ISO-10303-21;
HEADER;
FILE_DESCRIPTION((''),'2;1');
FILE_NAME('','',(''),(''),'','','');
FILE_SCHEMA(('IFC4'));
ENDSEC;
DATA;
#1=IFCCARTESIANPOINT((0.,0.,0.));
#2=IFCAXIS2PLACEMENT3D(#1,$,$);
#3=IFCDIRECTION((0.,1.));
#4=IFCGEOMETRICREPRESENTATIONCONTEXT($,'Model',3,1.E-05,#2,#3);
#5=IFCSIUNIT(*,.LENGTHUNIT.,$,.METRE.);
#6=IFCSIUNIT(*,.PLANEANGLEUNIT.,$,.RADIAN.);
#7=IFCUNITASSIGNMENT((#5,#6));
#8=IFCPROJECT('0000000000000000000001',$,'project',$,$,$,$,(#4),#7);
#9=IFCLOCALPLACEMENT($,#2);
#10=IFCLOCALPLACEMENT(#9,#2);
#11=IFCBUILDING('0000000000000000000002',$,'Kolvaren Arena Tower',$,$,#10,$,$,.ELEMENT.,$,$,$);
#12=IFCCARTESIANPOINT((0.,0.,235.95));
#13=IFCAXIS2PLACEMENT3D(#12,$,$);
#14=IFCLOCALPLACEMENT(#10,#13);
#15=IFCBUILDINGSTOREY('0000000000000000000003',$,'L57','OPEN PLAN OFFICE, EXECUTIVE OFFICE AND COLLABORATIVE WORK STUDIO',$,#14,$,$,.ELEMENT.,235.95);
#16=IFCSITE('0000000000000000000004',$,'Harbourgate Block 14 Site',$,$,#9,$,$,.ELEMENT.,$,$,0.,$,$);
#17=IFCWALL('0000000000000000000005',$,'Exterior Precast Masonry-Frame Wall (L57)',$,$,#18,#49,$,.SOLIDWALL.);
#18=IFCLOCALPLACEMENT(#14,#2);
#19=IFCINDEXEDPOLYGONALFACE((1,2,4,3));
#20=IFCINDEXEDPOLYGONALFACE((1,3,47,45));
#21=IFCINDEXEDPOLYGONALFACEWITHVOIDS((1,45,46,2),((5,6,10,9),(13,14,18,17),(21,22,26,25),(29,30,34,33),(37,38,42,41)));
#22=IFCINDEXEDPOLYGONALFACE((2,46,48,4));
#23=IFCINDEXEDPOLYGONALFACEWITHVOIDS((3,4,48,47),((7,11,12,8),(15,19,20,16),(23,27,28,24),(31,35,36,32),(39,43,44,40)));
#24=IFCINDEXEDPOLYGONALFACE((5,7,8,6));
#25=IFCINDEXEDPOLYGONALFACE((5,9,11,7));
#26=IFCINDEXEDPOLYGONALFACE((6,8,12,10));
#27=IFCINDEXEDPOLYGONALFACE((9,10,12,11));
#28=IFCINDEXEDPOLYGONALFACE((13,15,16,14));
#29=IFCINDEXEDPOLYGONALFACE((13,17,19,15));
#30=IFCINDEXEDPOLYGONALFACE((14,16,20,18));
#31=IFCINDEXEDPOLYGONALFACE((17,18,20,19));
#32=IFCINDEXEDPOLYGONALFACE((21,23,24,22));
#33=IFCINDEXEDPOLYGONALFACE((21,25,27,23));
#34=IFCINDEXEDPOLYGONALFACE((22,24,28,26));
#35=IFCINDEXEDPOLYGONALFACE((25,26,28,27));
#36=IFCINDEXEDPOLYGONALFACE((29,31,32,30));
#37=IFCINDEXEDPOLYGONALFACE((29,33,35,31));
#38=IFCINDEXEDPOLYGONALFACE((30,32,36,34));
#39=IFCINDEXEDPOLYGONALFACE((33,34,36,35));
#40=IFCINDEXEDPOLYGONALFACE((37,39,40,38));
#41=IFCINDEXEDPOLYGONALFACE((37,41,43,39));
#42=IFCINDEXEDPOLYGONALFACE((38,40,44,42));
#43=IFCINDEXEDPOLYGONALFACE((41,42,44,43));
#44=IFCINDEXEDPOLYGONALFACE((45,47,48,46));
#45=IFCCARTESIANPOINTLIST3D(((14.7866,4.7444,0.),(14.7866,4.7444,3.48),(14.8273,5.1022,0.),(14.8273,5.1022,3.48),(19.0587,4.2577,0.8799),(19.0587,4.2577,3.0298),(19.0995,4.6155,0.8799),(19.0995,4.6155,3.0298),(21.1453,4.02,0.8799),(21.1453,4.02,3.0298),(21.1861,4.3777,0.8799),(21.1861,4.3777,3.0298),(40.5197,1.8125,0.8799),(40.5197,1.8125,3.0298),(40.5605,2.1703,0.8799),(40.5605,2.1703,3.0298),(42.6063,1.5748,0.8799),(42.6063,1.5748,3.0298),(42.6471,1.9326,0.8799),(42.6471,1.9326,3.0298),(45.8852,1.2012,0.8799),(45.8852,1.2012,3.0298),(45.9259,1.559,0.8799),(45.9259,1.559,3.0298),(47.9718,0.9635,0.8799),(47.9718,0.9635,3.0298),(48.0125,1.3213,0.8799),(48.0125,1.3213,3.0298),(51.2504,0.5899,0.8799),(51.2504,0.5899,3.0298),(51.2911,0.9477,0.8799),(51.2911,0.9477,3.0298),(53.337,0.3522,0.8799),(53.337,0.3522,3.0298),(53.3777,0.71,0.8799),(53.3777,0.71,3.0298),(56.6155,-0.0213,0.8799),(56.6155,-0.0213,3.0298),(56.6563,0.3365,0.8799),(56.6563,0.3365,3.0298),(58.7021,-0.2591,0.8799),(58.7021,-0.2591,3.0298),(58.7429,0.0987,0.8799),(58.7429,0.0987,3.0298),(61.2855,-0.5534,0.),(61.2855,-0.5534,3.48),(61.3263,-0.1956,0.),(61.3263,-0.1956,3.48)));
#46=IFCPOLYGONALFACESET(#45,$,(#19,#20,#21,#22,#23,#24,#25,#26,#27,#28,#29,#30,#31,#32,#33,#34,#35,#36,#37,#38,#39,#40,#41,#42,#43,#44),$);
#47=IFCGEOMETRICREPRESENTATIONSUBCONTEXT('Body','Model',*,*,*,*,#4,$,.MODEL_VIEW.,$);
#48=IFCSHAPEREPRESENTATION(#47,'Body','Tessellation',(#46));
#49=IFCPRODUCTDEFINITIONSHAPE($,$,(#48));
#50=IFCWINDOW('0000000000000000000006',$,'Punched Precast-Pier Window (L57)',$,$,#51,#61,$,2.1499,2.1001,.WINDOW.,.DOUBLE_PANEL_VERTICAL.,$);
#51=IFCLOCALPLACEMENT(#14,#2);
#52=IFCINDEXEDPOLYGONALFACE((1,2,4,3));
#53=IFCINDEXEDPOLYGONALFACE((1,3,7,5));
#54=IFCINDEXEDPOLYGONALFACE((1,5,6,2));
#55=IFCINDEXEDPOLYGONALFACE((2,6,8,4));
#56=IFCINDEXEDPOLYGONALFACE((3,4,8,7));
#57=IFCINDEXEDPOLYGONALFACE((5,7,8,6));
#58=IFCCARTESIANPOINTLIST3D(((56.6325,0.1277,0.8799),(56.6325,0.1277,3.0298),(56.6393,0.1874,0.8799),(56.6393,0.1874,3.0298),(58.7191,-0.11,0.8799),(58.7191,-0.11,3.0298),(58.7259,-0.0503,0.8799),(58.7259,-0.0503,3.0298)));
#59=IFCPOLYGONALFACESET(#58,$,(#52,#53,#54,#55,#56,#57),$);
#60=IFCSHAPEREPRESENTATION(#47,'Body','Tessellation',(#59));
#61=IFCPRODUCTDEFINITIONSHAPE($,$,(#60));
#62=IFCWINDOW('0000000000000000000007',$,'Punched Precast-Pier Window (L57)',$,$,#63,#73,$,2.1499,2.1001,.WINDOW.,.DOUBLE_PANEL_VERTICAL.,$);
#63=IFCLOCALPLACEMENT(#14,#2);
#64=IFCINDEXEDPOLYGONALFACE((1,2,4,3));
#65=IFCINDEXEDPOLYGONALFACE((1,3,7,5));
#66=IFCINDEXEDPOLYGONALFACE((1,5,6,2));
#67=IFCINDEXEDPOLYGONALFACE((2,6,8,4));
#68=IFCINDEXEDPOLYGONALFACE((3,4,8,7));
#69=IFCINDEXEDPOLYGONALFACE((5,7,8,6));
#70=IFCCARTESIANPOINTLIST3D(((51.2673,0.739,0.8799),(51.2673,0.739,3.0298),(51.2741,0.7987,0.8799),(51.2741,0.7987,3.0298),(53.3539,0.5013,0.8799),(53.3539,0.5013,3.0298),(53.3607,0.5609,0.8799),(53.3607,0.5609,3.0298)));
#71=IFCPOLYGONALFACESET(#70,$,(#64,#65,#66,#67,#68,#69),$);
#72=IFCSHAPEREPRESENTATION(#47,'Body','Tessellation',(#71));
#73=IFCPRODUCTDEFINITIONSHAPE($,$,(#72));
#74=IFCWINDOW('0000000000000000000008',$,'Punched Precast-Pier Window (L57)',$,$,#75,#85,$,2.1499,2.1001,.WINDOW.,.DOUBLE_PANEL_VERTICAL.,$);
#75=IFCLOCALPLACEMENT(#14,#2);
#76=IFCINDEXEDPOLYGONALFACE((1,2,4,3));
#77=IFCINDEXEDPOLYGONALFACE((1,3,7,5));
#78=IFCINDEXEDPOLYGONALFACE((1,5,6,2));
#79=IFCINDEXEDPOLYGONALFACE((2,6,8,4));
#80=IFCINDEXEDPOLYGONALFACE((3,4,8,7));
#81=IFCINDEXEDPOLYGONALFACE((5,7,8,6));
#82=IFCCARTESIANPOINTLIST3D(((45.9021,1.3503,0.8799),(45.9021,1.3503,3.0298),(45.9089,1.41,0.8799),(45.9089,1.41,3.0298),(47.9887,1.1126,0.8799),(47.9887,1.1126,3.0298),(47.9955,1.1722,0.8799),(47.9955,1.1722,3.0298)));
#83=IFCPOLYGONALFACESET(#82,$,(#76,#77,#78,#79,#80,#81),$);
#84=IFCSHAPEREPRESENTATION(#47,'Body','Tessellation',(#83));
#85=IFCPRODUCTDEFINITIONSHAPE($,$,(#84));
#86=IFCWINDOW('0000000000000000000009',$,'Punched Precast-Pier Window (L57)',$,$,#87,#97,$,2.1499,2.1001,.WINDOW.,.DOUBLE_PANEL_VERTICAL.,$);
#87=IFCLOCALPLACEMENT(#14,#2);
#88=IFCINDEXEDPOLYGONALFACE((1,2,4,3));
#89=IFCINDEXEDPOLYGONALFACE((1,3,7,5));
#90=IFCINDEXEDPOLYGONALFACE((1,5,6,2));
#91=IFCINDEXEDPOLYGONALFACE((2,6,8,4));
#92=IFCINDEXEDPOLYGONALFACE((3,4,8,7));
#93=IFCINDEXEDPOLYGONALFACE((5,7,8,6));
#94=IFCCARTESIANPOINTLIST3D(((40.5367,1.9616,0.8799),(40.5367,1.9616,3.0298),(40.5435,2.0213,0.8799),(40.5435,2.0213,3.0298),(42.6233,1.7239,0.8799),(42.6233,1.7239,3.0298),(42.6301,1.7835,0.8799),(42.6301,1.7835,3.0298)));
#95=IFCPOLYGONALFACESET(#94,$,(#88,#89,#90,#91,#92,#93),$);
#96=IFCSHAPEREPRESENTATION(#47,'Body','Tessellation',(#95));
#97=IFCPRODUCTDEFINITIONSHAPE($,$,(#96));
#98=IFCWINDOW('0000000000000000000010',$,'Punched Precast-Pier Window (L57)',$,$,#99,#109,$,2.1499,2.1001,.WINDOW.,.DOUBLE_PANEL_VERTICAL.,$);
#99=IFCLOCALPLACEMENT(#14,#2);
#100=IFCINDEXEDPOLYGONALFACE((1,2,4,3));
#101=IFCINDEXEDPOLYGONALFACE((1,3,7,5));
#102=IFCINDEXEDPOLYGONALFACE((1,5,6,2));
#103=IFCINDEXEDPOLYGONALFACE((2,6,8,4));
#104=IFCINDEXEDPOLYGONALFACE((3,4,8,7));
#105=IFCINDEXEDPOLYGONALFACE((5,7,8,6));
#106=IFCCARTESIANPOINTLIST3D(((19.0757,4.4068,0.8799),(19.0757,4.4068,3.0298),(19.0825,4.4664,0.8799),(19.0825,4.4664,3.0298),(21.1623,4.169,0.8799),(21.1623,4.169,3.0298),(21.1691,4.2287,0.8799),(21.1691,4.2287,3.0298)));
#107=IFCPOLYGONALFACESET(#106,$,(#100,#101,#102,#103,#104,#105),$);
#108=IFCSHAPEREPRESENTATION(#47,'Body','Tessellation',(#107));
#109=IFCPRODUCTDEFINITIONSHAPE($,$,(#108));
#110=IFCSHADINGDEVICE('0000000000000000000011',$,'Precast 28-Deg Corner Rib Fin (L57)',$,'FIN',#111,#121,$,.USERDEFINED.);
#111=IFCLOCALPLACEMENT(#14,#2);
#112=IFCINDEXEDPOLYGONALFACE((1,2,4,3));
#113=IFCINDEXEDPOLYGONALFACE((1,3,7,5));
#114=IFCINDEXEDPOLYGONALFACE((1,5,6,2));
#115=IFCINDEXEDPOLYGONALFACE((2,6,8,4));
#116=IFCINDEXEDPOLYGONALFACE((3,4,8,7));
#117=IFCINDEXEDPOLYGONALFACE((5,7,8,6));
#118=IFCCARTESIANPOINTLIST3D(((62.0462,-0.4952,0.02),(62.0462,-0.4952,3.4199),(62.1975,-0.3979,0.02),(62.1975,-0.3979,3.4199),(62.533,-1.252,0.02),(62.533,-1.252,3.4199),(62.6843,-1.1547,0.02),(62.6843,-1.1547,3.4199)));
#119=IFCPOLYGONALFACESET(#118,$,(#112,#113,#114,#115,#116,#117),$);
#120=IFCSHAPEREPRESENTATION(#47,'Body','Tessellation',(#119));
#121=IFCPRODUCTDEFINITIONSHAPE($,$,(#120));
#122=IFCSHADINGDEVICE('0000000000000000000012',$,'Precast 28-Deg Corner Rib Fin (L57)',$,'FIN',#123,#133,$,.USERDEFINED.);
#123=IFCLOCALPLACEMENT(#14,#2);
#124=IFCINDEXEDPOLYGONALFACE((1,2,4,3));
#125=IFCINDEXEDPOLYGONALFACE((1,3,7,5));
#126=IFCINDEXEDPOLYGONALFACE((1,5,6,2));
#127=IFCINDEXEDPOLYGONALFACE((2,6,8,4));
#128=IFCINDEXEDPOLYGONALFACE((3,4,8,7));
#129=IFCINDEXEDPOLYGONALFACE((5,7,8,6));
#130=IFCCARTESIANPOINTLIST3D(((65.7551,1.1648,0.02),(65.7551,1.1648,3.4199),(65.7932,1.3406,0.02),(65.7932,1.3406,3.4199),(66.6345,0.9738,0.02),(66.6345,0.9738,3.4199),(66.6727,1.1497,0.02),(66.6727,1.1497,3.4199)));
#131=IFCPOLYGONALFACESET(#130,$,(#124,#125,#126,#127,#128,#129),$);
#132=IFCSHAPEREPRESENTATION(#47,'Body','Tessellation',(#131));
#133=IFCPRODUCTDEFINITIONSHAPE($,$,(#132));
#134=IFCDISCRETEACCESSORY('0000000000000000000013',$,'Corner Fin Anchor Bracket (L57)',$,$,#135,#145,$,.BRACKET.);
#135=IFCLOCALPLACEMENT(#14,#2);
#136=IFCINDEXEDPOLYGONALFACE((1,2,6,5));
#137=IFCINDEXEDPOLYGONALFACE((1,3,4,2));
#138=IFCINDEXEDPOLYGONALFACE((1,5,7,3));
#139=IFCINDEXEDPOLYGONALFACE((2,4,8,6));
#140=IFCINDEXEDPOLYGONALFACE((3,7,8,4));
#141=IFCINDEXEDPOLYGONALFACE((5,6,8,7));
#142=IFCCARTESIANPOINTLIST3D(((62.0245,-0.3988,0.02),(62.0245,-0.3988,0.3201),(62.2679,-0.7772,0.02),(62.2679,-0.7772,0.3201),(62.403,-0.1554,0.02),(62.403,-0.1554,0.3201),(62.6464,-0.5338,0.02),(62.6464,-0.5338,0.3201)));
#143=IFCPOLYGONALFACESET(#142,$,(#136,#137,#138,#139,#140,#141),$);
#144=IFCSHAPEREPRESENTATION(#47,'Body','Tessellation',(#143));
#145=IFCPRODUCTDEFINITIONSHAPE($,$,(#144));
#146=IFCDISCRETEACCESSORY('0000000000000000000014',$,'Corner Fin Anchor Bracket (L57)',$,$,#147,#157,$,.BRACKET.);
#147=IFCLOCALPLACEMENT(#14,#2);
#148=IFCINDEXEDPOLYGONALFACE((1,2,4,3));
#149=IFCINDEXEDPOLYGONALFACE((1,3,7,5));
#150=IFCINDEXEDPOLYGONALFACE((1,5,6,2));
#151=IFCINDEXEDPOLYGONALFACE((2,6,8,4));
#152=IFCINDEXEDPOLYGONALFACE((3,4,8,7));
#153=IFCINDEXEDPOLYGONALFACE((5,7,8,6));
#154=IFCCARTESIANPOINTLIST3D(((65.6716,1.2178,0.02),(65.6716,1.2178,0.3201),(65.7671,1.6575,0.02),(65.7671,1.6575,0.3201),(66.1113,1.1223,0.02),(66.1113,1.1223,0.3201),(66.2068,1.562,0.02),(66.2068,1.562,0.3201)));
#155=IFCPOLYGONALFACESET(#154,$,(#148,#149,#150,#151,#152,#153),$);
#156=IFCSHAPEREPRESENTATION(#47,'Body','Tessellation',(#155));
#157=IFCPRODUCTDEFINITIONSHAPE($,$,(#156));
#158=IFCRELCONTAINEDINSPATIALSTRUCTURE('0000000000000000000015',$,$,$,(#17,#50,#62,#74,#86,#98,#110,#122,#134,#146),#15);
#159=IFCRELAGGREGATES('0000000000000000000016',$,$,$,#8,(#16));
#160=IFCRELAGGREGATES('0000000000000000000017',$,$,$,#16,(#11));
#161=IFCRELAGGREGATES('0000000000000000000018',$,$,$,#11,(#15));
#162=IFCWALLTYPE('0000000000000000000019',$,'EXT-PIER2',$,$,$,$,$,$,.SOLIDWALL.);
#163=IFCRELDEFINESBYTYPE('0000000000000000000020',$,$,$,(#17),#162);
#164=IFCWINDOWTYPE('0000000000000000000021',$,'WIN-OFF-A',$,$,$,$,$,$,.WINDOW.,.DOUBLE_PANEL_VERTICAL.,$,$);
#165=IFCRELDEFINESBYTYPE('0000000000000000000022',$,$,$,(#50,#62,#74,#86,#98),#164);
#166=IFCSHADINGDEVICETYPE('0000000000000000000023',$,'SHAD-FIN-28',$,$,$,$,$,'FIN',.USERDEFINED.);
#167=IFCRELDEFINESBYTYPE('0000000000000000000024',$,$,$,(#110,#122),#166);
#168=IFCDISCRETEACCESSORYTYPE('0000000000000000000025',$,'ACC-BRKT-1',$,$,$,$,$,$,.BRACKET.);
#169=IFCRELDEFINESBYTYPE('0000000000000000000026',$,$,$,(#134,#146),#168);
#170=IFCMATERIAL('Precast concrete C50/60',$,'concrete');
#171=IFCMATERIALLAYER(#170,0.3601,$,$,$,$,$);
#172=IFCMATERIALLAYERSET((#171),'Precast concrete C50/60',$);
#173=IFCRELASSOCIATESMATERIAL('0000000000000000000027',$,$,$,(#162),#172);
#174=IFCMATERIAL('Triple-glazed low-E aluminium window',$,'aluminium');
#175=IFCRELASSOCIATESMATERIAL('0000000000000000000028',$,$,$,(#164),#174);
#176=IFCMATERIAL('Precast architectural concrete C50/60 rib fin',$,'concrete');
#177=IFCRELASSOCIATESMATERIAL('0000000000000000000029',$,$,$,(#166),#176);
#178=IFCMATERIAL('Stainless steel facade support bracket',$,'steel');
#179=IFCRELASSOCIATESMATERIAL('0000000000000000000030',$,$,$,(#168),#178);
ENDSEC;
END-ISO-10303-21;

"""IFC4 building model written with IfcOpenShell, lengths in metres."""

from ifc_helpers import new_model, si_unit, direction, frame, frame_2d, origin, origin_2d, place, context, subcontext, project, spatial, rectangle, extrude, material, layer, layer_set, type_object, element, fill, save


model = new_model("IFC4")

# Units and contexts
model_context = context("Model", 3, precision=1e-05, world=origin(), true_north=direction((0.0, 1.0)))
body_context = subcontext(model_context, "Body", "Model", "MODEL_VIEW")
ifc_project = project(units=[si_unit("LENGTHUNIT", "METRE"), si_unit("PLANEANGLEUNIT", "RADIAN")], contexts=[model_context])

# Site, building, storey
site_placement = place(None, origin())
site = spatial("IfcSite", under=ifc_project, at=site_placement, Name="Harbourgate Block 14 Site", CompositionType="ELEMENT", RefElevation=0.0)
building_placement = place(site_placement, origin())
building = spatial("IfcBuilding", under=site, at=building_placement, Name="Kolvaren Arena Tower", CompositionType="ELEMENT")
storey_placement = place(building_placement, frame((0.0, 0.0, 235.95)))
storey = spatial("IfcBuildingStorey", under=building, at=storey_placement, Name="L57", Description="OPEN PLAN OFFICE, EXECUTIVE OFFICE AND COLLABORATIVE WORK STUDIO", CompositionType="ELEMENT", Elevation=235.95)

# Shared definitions
ifc_material_1 = material(Name="Precast concrete C50/60", Category="concrete")
ifc_layer_1 = layer(ifc_material_1, 0.3601)
ifc_layer_set_1 = layer_set([ifc_layer_1], Name="Precast concrete C50/60")
wall_type_1 = type_object("IfcWallType", Name="EXT-PIER2", PredefinedType="SOLIDWALL", material=ifc_layer_set_1)

# Wall, openings, windows
wall_1_placement = place(storey_placement, frame((61.3059, -0.3745, 0.0), z_axis=(0.0, 0.0, 1.0), x_axis=(-0.993572, 0.113202, 0.0)))
wall_1 = element("IfcWall", 1, at=wall_1_placement, inside=storey, type_object=wall_type_1, Name="Exterior Precast Masonry-Frame Wall (L57)", PredefinedType="SOLIDWALL", context=body_context, shape_type="SweptSolid", body=[
    extrude(rectangle(XDim=46.7998, YDim=0.3601, at=frame_2d((23.3999, 0.0))), origin(), (0.0, 0.0, 1.0), 3.48),
])
opening_1_placement = place(wall_1_placement, frame((2.6001, 0.0, 0.8799)))
opening_1 = element("IfcOpeningElement", 2, at=opening_1_placement, cuts=wall_1, PredefinedType="OPENING", context=body_context, shape_type="SweptSolid", body=[
    extrude(rectangle(XDim=2.1001, YDim=2.1499, at=frame_2d((1.05, 1.075))), frame((0.0, 0.1899, 0.0), z_axis=(0.0, -1.0, 0.0), x_axis=(1.0, 0.0, 0.0)), (0.0, 0.0, 1.0), 0.3801),
])
opening_2_placement = place(wall_1_placement, frame((8.0, 0.0, 0.8799)))
opening_2 = element("IfcOpeningElement", 3, at=opening_2_placement, cuts=wall_1, PredefinedType="OPENING", context=body_context, shape_type="SweptSolid", body=[
    extrude(rectangle(XDim=2.1001, YDim=2.1499, at=frame_2d((1.05, 1.075))), frame((0.0, 0.1899, 0.0), z_axis=(0.0, -1.0, 0.0), x_axis=(1.0, 0.0, 0.0)), (0.0, 0.0, 1.0), 0.3801),
])
opening_3_placement = place(wall_1_placement, frame((13.3999, 0.0, 0.8799)))
opening_3 = element("IfcOpeningElement", 4, at=opening_3_placement, cuts=wall_1, PredefinedType="OPENING", context=body_context, shape_type="SweptSolid", body=[
    extrude(rectangle(XDim=2.1001, YDim=2.1499, at=frame_2d((1.05, 1.075))), frame((0.0, 0.1899, 0.0), z_axis=(0.0, -1.0, 0.0), x_axis=(1.0, 0.0, 0.0)), (0.0, 0.0, 1.0), 0.3801),
])
opening_4_placement = place(wall_1_placement, frame((18.8, 0.0, 0.8799)))
opening_4 = element("IfcOpeningElement", 5, at=opening_4_placement, cuts=wall_1, PredefinedType="OPENING", context=body_context, shape_type="SweptSolid", body=[
    extrude(rectangle(XDim=2.1001, YDim=2.1499, at=frame_2d((1.05, 1.075))), frame((0.0, 0.1899, 0.0), z_axis=(0.0, -1.0, 0.0), x_axis=(1.0, 0.0, 0.0)), (0.0, 0.0, 1.0), 0.3801),
])
opening_5_placement = place(wall_1_placement, frame((40.3999, 0.0, 0.8799)))
opening_5 = element("IfcOpeningElement", 6, at=opening_5_placement, cuts=wall_1, PredefinedType="OPENING", context=body_context, shape_type="SweptSolid", body=[
    extrude(rectangle(XDim=2.1001, YDim=2.1499, at=frame_2d((1.05, 1.075))), frame((0.0, 0.1899, 0.0), z_axis=(0.0, -1.0, 0.0), x_axis=(1.0, 0.0, 0.0)), (0.0, 0.0, 1.0), 0.3801),
])
ifc_material_2 = material(Name="Triple-glazed low-E aluminium window", Category="aluminium")
window_type = type_object("IfcWindowType", Name="WIN-OFF-A", PartitioningType="DOUBLE_PANEL_VERTICAL", PredefinedType="WINDOW", material=ifc_material_2)
window_1_placement = place(opening_1_placement, origin())
window_1 = element("IfcWindow", 7, at=window_1_placement, inside=storey, type_object=window_type, Name="Punched Precast-Pier Window (L57)", OverallHeight=2.1499, OverallWidth=2.1001, PartitioningType="DOUBLE_PANEL_VERTICAL", PredefinedType="WINDOW", context=body_context, shape_type="SweptSolid", body=[
    extrude(rectangle(XDim=2.1001, YDim=2.1499, at=frame_2d((1.05, 1.075))), frame((0.0, 0.03, 0.0), z_axis=(0.0, -1.0, 0.0), x_axis=(1.0, 0.0, 0.0)), (0.0, 0.0, 1.0), 0.0601),
])
fill(opening_1, window_1)
window_2_placement = place(opening_2_placement, origin())
window_2 = element("IfcWindow", 8, at=window_2_placement, inside=storey, type_object=window_type, Name="Punched Precast-Pier Window (L57)", OverallHeight=2.1499, OverallWidth=2.1001, PartitioningType="DOUBLE_PANEL_VERTICAL", PredefinedType="WINDOW", context=body_context, shape_type="SweptSolid", body=[
    extrude(rectangle(XDim=2.1001, YDim=2.1499, at=frame_2d((1.05, 1.075))), frame((0.0, 0.03, 0.0), z_axis=(0.0, -1.0, 0.0), x_axis=(1.0, 0.0, 0.0)), (0.0, 0.0, 1.0), 0.0601),
])
fill(opening_2, window_2)
window_3_placement = place(opening_3_placement, origin())
window_3 = element("IfcWindow", 9, at=window_3_placement, inside=storey, type_object=window_type, Name="Punched Precast-Pier Window (L57)", OverallHeight=2.1499, OverallWidth=2.1001, PartitioningType="DOUBLE_PANEL_VERTICAL", PredefinedType="WINDOW", context=body_context, shape_type="SweptSolid", body=[
    extrude(rectangle(XDim=2.1001, YDim=2.1499, at=frame_2d((1.05, 1.075))), frame((0.0, 0.03, 0.0), z_axis=(0.0, -1.0, 0.0), x_axis=(1.0, 0.0, 0.0)), (0.0, 0.0, 1.0), 0.0601),
])
fill(opening_3, window_3)
window_4_placement = place(opening_4_placement, origin())
window_4 = element("IfcWindow", 10, at=window_4_placement, inside=storey, type_object=window_type, Name="Punched Precast-Pier Window (L57)", OverallHeight=2.1499, OverallWidth=2.1001, PartitioningType="DOUBLE_PANEL_VERTICAL", PredefinedType="WINDOW", context=body_context, shape_type="SweptSolid", body=[
    extrude(rectangle(XDim=2.1001, YDim=2.1499, at=frame_2d((1.05, 1.075))), frame((0.0, 0.03, 0.0), z_axis=(0.0, -1.0, 0.0), x_axis=(1.0, 0.0, 0.0)), (0.0, 0.0, 1.0), 0.0601),
])
fill(opening_4, window_4)
window_5_placement = place(opening_5_placement, origin())
window_5 = element("IfcWindow", 11, at=window_5_placement, inside=storey, type_object=window_type, Name="Punched Precast-Pier Window (L57)", OverallHeight=2.1499, OverallWidth=2.1001, PartitioningType="DOUBLE_PANEL_VERTICAL", PredefinedType="WINDOW", context=body_context, shape_type="SweptSolid", body=[
    extrude(rectangle(XDim=2.1001, YDim=2.1499, at=frame_2d((1.05, 1.075))), frame((0.0, 0.03, 0.0), z_axis=(0.0, -1.0, 0.0), x_axis=(1.0, 0.0, 0.0)), (0.0, 0.0, 1.0), 0.0601),
])
fill(opening_5, window_5)

# Shading devices
ifc_material_3 = material(Name="Precast architectural concrete C50/60 rib fin", Category="concrete")
shading_device_type = type_object("IfcShadingDeviceType", Name="SHAD-FIN-28", ElementType="FIN", PredefinedType="USERDEFINED", material=ifc_material_3)
for number, where, z_axis, x_axis, name in (
    (12, (62.3652, -0.825, 0.02), (0.0, 0.0, 1.0), (0.540982, -0.841034, 0.0), "Precast 28-Deg Corner Rib Fin (L57)"),
    (13, (66.2139, 1.1572, 0.02), (0.0, 0.0, 1.0), (0.977234, -0.212162, 0.0), "Precast 28-Deg Corner Rib Fin (L57)"),
):
    element("IfcShadingDevice", number, at=place(storey_placement, frame(where, z_axis=z_axis, x_axis=x_axis)), inside=storey, type_object=shading_device_type, Name=name, ObjectType="FIN", PredefinedType="USERDEFINED", context=body_context, shape_type="SweptSolid", body=[
        extrude(rectangle(XDim=0.8999, YDim=0.1799, at=origin_2d()), origin(), (0.0, 0.0, 1.0), 3.3999),
    ])

# Discrete accessories
ifc_material_4 = material(Name="Stainless steel facade support bracket", Category="steel")
discrete_accessory_type = type_object("IfcDiscreteAccessoryType", Name="ACC-BRKT-1", PredefinedType="BRACKET", material=ifc_material_4)
for number, where, z_axis, x_axis, name in (
    (14, (62.3354, -0.4663, 0.02), (0.0, 0.0, 1.0), (0.540982, -0.841034, 0.0), "Corner Fin Anchor Bracket (L57)"),
    (15, (65.9392, 1.3899, 0.02), (0.0, 0.0, 1.0), (0.977234, -0.212162, 0.0), "Corner Fin Anchor Bracket (L57)"),
):
    element("IfcDiscreteAccessory", number, at=place(storey_placement, frame(where, z_axis=z_axis, x_axis=x_axis)), inside=storey, type_object=discrete_accessory_type, Name=name, PredefinedType="BRACKET", context=body_context, shape_type="SweptSolid", body=[
        extrude(rectangle(XDim=0.45, YDim=0.45, at=origin_2d()), origin(), (0.0, 0.0, 1.0), 0.3),
    ])

save(model, "model.ifc")
